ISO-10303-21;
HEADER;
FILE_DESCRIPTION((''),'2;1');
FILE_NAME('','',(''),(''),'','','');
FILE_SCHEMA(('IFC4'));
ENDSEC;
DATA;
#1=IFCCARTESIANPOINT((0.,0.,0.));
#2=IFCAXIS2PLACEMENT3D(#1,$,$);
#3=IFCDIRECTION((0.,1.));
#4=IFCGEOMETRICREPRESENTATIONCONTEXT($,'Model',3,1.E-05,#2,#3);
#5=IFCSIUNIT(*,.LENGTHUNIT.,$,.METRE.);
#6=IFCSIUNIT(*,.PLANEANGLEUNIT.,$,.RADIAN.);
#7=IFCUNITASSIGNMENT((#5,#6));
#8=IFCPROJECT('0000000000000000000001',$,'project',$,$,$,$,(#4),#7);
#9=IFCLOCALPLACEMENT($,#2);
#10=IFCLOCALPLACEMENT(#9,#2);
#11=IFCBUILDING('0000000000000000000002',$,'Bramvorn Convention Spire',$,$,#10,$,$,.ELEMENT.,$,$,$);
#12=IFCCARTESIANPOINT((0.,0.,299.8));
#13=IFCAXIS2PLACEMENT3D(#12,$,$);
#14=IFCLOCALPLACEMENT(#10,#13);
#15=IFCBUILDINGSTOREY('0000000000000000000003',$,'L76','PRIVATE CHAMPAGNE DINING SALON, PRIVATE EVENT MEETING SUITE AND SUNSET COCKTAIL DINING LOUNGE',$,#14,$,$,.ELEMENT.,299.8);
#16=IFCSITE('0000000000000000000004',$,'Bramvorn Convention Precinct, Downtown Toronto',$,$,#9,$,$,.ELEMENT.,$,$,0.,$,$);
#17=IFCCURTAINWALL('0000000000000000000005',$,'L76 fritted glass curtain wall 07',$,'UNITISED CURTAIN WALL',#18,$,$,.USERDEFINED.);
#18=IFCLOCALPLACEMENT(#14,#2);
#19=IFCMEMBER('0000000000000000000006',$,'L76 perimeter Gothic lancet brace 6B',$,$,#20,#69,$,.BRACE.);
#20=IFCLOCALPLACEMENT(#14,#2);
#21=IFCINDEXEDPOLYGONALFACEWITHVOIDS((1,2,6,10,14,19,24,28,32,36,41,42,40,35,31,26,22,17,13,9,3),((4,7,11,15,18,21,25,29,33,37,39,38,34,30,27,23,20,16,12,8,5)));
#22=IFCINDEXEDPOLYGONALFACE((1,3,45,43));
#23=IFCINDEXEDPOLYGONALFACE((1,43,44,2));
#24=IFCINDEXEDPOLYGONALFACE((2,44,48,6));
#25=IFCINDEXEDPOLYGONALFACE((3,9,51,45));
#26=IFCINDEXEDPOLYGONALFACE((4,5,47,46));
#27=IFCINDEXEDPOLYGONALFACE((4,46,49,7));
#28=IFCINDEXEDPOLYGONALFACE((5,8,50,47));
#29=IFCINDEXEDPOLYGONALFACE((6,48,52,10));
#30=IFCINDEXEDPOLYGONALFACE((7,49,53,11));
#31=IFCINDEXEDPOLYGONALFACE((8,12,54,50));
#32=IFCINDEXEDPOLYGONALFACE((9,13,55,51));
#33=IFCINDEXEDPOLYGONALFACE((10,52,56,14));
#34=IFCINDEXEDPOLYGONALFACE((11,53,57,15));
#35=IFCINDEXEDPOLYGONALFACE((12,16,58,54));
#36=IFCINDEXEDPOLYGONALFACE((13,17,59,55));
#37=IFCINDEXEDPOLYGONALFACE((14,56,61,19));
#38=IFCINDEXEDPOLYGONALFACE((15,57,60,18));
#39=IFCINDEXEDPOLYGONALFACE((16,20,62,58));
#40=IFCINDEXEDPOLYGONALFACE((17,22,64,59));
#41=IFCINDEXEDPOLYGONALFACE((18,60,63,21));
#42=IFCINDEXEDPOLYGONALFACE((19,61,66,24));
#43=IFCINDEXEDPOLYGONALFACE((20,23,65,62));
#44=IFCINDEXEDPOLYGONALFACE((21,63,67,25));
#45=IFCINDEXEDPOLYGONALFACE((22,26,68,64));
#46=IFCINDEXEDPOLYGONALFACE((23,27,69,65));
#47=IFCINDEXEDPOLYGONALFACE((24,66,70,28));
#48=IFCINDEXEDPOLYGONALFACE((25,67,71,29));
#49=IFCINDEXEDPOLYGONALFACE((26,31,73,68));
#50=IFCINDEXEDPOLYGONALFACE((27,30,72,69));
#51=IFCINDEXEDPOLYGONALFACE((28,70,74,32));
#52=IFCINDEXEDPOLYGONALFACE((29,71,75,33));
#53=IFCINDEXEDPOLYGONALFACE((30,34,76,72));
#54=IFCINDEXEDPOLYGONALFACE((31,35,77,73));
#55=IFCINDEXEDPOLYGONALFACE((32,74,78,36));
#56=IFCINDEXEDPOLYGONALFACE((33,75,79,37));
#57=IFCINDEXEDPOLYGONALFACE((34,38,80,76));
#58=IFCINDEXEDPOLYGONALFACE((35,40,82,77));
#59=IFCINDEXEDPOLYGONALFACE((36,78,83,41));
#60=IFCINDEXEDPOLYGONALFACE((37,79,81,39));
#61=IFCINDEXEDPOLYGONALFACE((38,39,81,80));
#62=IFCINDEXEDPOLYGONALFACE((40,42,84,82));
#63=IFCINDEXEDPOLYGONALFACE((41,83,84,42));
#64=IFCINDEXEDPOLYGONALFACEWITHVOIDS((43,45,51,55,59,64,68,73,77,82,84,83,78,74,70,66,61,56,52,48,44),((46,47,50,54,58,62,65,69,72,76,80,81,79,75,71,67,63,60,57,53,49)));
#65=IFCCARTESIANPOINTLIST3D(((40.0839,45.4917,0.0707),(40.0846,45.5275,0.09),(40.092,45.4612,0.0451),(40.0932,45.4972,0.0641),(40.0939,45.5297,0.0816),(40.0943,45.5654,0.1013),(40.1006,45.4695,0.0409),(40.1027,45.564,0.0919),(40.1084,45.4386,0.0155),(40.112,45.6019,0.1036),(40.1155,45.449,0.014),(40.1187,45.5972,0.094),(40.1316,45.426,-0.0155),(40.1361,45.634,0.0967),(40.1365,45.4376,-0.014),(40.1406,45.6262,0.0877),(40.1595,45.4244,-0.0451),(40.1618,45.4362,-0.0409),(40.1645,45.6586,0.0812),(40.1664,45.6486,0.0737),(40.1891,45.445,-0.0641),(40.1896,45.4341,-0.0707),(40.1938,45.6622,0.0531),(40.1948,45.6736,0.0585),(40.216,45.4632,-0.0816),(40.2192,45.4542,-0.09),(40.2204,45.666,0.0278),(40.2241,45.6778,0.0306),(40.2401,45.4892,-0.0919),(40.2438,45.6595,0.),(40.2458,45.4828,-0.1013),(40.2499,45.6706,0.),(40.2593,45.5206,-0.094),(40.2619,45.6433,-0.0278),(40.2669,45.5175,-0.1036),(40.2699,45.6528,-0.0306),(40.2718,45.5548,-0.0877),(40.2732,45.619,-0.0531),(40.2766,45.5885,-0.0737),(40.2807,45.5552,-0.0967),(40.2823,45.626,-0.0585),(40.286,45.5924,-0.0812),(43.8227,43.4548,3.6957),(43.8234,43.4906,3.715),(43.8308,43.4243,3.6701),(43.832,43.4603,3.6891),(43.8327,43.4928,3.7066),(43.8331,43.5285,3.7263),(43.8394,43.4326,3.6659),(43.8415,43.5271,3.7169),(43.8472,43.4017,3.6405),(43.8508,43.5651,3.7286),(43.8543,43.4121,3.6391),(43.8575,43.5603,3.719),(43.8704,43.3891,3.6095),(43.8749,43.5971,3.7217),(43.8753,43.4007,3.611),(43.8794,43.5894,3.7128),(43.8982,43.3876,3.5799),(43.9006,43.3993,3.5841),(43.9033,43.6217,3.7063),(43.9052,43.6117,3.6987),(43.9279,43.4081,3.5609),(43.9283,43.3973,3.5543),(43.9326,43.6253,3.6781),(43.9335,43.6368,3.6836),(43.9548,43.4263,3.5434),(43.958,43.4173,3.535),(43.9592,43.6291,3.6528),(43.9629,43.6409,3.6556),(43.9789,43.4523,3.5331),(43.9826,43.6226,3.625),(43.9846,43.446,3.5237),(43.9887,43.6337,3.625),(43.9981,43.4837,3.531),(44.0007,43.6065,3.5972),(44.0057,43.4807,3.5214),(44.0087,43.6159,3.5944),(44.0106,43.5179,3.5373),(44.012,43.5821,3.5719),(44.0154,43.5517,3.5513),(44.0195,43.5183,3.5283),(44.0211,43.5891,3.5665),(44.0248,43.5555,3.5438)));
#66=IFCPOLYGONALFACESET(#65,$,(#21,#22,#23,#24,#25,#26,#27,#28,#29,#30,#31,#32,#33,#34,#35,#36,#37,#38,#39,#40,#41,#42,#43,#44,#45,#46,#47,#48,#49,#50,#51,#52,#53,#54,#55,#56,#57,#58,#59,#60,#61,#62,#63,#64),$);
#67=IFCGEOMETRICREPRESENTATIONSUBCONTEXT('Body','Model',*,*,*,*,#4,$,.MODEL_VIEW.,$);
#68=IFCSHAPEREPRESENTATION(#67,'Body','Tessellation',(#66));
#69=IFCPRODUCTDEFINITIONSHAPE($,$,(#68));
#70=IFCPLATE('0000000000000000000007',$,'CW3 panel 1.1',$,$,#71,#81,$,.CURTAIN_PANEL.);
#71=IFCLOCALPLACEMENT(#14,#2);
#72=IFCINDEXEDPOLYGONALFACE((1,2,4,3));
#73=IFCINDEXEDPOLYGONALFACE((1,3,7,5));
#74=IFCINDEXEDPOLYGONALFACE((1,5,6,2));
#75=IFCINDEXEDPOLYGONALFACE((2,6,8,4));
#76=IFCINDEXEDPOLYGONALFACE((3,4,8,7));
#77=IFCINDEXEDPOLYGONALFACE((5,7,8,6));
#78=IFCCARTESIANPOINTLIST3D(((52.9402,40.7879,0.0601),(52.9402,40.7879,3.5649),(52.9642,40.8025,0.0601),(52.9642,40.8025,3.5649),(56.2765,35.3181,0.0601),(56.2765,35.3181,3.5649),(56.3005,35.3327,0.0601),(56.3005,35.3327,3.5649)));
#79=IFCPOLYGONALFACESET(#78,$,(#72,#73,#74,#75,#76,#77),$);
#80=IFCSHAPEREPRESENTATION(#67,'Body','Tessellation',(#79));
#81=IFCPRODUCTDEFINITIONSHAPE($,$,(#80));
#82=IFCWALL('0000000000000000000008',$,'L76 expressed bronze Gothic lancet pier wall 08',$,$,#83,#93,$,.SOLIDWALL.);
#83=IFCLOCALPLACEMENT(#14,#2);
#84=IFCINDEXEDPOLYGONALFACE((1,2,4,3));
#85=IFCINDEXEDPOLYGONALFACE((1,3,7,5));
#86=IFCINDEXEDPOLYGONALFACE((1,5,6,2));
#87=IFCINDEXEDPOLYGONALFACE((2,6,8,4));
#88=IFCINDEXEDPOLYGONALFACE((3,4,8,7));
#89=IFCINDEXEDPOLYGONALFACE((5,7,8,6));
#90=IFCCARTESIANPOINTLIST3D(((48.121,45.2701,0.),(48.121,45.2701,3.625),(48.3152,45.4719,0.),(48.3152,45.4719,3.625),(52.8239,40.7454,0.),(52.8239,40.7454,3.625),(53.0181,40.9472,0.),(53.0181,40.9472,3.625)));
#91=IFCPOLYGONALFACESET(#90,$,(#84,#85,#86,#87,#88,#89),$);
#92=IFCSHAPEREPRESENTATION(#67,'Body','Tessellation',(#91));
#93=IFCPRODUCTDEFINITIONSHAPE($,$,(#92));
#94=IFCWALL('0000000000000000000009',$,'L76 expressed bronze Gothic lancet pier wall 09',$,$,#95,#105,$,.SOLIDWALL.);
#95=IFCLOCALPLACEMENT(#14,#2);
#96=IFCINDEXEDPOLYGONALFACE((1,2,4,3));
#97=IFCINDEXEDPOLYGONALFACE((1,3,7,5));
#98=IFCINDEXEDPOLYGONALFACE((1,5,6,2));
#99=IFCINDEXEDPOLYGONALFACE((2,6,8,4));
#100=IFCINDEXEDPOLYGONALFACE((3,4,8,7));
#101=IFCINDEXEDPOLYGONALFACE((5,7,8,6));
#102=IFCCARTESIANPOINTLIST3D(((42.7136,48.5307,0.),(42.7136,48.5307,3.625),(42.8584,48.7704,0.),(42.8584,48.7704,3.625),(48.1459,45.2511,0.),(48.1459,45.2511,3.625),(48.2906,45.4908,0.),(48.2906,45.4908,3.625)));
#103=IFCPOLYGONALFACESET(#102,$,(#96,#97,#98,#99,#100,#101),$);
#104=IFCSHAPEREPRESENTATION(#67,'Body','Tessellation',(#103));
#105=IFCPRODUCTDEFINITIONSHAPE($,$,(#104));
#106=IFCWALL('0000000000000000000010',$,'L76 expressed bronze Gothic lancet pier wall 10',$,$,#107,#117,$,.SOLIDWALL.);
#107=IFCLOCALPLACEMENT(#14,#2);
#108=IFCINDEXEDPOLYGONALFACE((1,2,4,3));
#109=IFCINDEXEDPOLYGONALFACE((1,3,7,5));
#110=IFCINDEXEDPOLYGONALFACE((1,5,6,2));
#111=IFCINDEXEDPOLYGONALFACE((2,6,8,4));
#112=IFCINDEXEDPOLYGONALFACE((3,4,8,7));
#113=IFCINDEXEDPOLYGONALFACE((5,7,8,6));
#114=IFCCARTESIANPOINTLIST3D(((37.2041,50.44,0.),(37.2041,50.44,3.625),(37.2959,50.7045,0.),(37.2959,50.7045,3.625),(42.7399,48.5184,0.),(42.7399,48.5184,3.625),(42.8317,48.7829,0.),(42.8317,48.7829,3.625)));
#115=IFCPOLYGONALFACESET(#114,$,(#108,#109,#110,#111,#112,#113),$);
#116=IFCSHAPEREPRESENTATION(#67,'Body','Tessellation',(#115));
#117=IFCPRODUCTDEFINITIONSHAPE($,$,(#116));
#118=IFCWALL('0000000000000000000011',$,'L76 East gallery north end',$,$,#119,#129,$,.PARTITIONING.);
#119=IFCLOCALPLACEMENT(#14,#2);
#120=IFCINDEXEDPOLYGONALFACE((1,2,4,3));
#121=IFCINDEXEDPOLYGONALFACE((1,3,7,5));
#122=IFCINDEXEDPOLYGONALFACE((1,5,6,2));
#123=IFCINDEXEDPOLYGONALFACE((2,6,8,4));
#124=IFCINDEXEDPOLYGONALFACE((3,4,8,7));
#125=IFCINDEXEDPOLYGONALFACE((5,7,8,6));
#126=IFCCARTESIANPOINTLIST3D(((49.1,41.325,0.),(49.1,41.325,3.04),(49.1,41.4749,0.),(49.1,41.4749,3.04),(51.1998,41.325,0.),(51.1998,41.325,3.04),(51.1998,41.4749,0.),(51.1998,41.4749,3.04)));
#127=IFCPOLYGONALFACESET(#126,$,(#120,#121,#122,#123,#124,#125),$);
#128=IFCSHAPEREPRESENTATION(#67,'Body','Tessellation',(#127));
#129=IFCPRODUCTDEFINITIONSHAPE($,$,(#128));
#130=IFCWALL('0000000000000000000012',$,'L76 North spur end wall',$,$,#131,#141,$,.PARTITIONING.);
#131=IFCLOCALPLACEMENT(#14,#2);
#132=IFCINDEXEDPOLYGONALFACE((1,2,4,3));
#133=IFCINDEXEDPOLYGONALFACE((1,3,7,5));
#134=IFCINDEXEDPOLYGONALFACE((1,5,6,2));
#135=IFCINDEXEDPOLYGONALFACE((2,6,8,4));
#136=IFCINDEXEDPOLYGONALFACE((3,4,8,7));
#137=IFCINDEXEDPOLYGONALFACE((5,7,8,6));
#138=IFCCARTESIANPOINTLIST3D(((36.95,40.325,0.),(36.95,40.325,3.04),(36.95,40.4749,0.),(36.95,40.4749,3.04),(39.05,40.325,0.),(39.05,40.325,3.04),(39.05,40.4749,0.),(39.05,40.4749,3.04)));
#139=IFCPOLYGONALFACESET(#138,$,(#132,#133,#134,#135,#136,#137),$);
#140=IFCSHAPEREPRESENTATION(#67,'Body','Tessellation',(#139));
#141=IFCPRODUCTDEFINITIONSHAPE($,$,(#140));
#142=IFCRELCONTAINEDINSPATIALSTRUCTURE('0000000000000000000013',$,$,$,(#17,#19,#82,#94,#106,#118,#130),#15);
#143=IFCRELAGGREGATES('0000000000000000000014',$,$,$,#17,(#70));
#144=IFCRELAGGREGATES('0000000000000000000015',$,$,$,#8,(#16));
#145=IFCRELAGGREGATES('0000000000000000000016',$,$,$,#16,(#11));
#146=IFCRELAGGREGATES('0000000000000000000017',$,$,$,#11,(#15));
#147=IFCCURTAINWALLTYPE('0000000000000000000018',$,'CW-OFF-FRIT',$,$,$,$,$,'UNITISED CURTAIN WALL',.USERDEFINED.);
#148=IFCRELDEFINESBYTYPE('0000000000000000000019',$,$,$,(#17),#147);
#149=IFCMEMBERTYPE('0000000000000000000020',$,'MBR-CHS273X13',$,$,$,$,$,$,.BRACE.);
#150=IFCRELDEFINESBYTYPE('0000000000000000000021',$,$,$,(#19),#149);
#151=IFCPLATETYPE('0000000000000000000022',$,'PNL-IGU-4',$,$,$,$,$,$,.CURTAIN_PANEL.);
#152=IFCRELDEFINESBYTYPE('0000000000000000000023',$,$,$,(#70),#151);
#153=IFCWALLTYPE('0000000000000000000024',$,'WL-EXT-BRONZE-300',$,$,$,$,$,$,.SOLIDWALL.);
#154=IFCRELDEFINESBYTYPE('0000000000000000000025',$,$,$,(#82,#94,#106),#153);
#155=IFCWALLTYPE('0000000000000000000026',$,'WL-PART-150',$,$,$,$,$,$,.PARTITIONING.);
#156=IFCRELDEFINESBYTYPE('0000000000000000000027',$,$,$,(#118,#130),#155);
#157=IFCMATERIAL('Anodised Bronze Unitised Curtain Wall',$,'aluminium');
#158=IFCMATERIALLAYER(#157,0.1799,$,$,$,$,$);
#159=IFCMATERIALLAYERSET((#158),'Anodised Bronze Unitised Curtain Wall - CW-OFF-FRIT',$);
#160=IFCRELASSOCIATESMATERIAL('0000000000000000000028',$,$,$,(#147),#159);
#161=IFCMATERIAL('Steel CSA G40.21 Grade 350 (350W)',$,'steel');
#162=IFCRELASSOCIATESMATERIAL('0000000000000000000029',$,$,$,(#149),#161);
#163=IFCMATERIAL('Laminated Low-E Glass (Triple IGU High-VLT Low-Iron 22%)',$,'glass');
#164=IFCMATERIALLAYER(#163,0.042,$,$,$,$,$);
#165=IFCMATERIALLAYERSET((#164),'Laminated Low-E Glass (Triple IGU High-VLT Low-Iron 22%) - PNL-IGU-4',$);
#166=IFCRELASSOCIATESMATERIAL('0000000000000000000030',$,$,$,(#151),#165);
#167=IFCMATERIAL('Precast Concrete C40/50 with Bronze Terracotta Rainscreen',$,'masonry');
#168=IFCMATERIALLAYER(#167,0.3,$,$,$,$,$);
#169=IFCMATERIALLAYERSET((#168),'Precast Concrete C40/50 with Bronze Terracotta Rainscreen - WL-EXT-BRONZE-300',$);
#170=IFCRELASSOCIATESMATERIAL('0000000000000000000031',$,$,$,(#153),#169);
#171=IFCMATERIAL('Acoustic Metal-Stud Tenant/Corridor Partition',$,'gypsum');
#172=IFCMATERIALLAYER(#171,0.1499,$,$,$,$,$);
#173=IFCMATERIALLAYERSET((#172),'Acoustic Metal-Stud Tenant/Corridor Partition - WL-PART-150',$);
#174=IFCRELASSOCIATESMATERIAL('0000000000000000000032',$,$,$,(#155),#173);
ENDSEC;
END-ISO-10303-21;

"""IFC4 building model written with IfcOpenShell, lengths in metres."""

from ifc_helpers import new_model, si_unit, direction, frame, frame_2d, origin, origin_2d, place, context, subcontext, project, spatial, rectangle, hollow_circle, extrude, material, layer, layer_set, material_profile, profile_set, type_object, element, aggregate, save


model = new_model("IFC4")

# Units and contexts
model_context = context("Model", 3, precision=1e-05, world=origin(), true_north=direction((0.0, 1.0)))
body_context = subcontext(model_context, "Body", "Model", "MODEL_VIEW")
ifc_project = project(units=[si_unit("LENGTHUNIT", "METRE"), si_unit("PLANEANGLEUNIT", "RADIAN")], contexts=[model_context])

# Site, building, storey
site_placement = place(None, origin())
site = spatial("IfcSite", under=ifc_project, at=site_placement, Name="Bramvorn Convention Precinct, Downtown Toronto", CompositionType="ELEMENT", RefElevation=0.0)
building_placement = place(site_placement, origin())
building = spatial("IfcBuilding", under=site, at=building_placement, Name="Bramvorn Convention Spire", CompositionType="ELEMENT")
storey_placement = place(building_placement, frame((0.0, 0.0, 299.8)))
storey = spatial("IfcBuildingStorey", under=building, at=storey_placement, Name="L76", Description="PRIVATE CHAMPAGNE DINING SALON, PRIVATE EVENT MEETING SUITE AND SUNSET COCKTAIL DINING LOUNGE", CompositionType="ELEMENT", Elevation=299.8)

# Shared definitions
ifc_material_1 = material(Name="Steel CSA G40.21 Grade 350 (350W)", Category="steel")

# Shared definitions
ifc_material_2 = material(Name="Anodised Bronze Unitised Curtain Wall", Category="aluminium")
ifc_layer_1 = layer(ifc_material_2, 0.1799)
ifc_layer_set_1 = layer_set([ifc_layer_1], Name="Anodised Bronze Unitised Curtain Wall - CW-OFF-FRIT")
curtain_wall_type = type_object("IfcCurtainWallType", Name="CW-OFF-FRIT", ElementType="UNITISED CURTAIN WALL", PredefinedType="USERDEFINED", material=ifc_layer_set_1)

# Curtain wall
curtain_wall_1_placement = place(storey_placement, origin())
curtain_wall_1 = element("IfcCurtainWall", 1, at=curtain_wall_1_placement, inside=storey, type_object=curtain_wall_type, Name="L76 fritted glass curtain wall 07", ObjectType="UNITISED CURTAIN WALL", PredefinedType="USERDEFINED")

# Member
ifc_material_profile_1 = material_profile(ifc_material_1, hollow_circle(Radius=0.1365, WallThickness=0.0127, at=origin_2d()))
ifc_profile_set_1 = profile_set([ifc_material_profile_1], Name="Steel CSA G40.21 Grade 350 (350W) - CHS273X13")
member_type_1 = type_object("IfcMemberType", Name="MBR-CHS273X13", PredefinedType="BRACE", material=ifc_profile_set_1)
member_1_placement = place(storey_placement, frame((40.1846, 45.5508, 0.0), z_axis=(0.668621, -0.364262, 0.648275), x_axis=(0.478406, 0.878139, 0.0)))
element("IfcMember", 2, at=member_1_placement, inside=storey, type_object=member_type_1, Name="L76 perimeter Gothic lancet brace 6B", PredefinedType="BRACE", context=body_context, shape_type="SweptSolid", body=[
    extrude(hollow_circle(Radius=0.1365, WallThickness=0.0127, at=origin_2d()), origin(), (0.0, 0.0, 1.0), 5.5918),
])

# Plate
ifc_material_3 = material(Name="Laminated Low-E Glass (Triple IGU High-VLT Low-Iron 22%)", Category="glass")
ifc_layer_2 = layer(ifc_material_3, 0.042)
ifc_layer_set_2 = layer_set([ifc_layer_2], Name="Laminated Low-E Glass (Triple IGU High-VLT Low-Iron 22%) - PNL-IGU-4")
plate_type = type_object("IfcPlateType", Name="PNL-IGU-4", PredefinedType="CURTAIN_PANEL", material=ifc_layer_set_2)
plate_placement = place(storey_placement, frame((54.6204, 38.0603, 0.0601), z_axis=(0.0, 0.0, 1.0), x_axis=(0.520732, -0.85372, 0.0)))
plate = element("IfcPlate", 3, at=plate_placement, type_object=plate_type, Name="CW3 panel 1.1", PredefinedType="CURTAIN_PANEL", context=body_context, shape_type="SweptSolid", body=[
    extrude(rectangle(XDim=6.407, YDim=0.0281, at=origin_2d()), origin(), (0.0, 0.0, 1.0), 3.5049),
])
aggregate(curtain_wall_1, [plate])

# Walls
ifc_material_4 = material(Name="Precast Concrete C40/50 with Bronze Terracotta Rainscreen", Category="masonry")
ifc_layer_3 = layer(ifc_material_4, 0.3)
ifc_layer_set_3 = layer_set([ifc_layer_3], Name="Precast Concrete C40/50 with Bronze Terracotta Rainscreen - WL-EXT-BRONZE-300")
wall_type_1 = type_object("IfcWallType", Name="WL-EXT-BRONZE-300", PredefinedType="SOLIDWALL", material=ifc_layer_set_3)
wall_1_placement = place(storey_placement, frame((48.218, 45.3711, 0.0), z_axis=(0.0, 0.0, 1.0), x_axis=(0.72063, -0.69332, 0.0)))
element("IfcWall", 4, at=wall_1_placement, inside=storey, type_object=wall_type_1, Name="L76 expressed bronze Gothic lancet pier wall 08", PredefinedType="SOLIDWALL", context=body_context, shape_type="SweptSolid", body=[
    extrude(rectangle(XDim=6.5261, YDim=0.28, at=frame_2d((3.2632, 0.0))), origin(), (0.0, 0.0, 1.0), 3.625),
])
wall_2_placement = place(storey_placement, frame((42.7859, 48.6506, 0.0), z_axis=(0.0, 0.0, 1.0), x_axis=(0.856081, -0.516842, 0.0)))
element("IfcWall", 5, at=wall_2_placement, inside=storey, type_object=wall_type_1, Name="L76 expressed bronze Gothic lancet pier wall 09", PredefinedType="SOLIDWALL", context=body_context, shape_type="SweptSolid", body=[
    extrude(rectangle(XDim=6.3455, YDim=0.28, at=frame_2d((3.1729, 0.0))), origin(), (0.0, 0.0, 1.0), 3.625),
])
wall_3_placement = place(storey_placement, frame((37.25, 50.5723, 0.0), z_axis=(0.0, 0.0, 1.0), x_axis=(0.944703, -0.327928, 0.0)))
element("IfcWall", 6, at=wall_3_placement, inside=storey, type_object=wall_type_1, Name="L76 expressed bronze Gothic lancet pier wall 10", PredefinedType="SOLIDWALL", context=body_context, shape_type="SweptSolid", body=[
    extrude(rectangle(XDim=5.8599, YDim=0.28, at=frame_2d((2.9299, 0.0))), origin(), (0.0, 0.0, 1.0), 3.625),
])
ifc_material_5 = material(Name="Acoustic Metal-Stud Tenant/Corridor Partition", Category="gypsum")
ifc_layer_4 = layer(ifc_material_5, 0.1499)
ifc_layer_set_4 = layer_set([ifc_layer_4], Name="Acoustic Metal-Stud Tenant/Corridor Partition - WL-PART-150")
wall_type_2 = type_object("IfcWallType", Name="WL-PART-150", PredefinedType="PARTITIONING", material=ifc_layer_set_4)
wall_4_placement = place(storey_placement, frame((49.1001, 41.3999, 0.0), z_axis=(0.0, 0.0, 1.0), x_axis=(1.0, 0.0, 0.0)))
element("IfcWall", 7, at=wall_4_placement, inside=storey, type_object=wall_type_2, Name="L76 East gallery north end", PredefinedType="PARTITIONING", context=body_context, shape_type="SweptSolid", body=[
    extrude(rectangle(XDim=2.0999, YDim=0.1499, at=frame_2d((1.0498, 0.0))), origin(), (0.0, 0.0, 1.0), 3.04),
])
wall_5_placement = place(storey_placement, frame((36.95, 40.3999, 0.0), z_axis=(0.0, 0.0, 1.0), x_axis=(1.0, 0.0, 0.0)))
element("IfcWall", 8, at=wall_5_placement, inside=storey, type_object=wall_type_2, Name="L76 North spur end wall", PredefinedType="PARTITIONING", context=body_context, shape_type="SweptSolid", body=[
    extrude(rectangle(XDim=2.1001, YDim=0.1499, at=frame_2d((1.05, 0.0))), origin(), (0.0, 0.0, 1.0), 3.04),
])

save(model, "model.ifc")
